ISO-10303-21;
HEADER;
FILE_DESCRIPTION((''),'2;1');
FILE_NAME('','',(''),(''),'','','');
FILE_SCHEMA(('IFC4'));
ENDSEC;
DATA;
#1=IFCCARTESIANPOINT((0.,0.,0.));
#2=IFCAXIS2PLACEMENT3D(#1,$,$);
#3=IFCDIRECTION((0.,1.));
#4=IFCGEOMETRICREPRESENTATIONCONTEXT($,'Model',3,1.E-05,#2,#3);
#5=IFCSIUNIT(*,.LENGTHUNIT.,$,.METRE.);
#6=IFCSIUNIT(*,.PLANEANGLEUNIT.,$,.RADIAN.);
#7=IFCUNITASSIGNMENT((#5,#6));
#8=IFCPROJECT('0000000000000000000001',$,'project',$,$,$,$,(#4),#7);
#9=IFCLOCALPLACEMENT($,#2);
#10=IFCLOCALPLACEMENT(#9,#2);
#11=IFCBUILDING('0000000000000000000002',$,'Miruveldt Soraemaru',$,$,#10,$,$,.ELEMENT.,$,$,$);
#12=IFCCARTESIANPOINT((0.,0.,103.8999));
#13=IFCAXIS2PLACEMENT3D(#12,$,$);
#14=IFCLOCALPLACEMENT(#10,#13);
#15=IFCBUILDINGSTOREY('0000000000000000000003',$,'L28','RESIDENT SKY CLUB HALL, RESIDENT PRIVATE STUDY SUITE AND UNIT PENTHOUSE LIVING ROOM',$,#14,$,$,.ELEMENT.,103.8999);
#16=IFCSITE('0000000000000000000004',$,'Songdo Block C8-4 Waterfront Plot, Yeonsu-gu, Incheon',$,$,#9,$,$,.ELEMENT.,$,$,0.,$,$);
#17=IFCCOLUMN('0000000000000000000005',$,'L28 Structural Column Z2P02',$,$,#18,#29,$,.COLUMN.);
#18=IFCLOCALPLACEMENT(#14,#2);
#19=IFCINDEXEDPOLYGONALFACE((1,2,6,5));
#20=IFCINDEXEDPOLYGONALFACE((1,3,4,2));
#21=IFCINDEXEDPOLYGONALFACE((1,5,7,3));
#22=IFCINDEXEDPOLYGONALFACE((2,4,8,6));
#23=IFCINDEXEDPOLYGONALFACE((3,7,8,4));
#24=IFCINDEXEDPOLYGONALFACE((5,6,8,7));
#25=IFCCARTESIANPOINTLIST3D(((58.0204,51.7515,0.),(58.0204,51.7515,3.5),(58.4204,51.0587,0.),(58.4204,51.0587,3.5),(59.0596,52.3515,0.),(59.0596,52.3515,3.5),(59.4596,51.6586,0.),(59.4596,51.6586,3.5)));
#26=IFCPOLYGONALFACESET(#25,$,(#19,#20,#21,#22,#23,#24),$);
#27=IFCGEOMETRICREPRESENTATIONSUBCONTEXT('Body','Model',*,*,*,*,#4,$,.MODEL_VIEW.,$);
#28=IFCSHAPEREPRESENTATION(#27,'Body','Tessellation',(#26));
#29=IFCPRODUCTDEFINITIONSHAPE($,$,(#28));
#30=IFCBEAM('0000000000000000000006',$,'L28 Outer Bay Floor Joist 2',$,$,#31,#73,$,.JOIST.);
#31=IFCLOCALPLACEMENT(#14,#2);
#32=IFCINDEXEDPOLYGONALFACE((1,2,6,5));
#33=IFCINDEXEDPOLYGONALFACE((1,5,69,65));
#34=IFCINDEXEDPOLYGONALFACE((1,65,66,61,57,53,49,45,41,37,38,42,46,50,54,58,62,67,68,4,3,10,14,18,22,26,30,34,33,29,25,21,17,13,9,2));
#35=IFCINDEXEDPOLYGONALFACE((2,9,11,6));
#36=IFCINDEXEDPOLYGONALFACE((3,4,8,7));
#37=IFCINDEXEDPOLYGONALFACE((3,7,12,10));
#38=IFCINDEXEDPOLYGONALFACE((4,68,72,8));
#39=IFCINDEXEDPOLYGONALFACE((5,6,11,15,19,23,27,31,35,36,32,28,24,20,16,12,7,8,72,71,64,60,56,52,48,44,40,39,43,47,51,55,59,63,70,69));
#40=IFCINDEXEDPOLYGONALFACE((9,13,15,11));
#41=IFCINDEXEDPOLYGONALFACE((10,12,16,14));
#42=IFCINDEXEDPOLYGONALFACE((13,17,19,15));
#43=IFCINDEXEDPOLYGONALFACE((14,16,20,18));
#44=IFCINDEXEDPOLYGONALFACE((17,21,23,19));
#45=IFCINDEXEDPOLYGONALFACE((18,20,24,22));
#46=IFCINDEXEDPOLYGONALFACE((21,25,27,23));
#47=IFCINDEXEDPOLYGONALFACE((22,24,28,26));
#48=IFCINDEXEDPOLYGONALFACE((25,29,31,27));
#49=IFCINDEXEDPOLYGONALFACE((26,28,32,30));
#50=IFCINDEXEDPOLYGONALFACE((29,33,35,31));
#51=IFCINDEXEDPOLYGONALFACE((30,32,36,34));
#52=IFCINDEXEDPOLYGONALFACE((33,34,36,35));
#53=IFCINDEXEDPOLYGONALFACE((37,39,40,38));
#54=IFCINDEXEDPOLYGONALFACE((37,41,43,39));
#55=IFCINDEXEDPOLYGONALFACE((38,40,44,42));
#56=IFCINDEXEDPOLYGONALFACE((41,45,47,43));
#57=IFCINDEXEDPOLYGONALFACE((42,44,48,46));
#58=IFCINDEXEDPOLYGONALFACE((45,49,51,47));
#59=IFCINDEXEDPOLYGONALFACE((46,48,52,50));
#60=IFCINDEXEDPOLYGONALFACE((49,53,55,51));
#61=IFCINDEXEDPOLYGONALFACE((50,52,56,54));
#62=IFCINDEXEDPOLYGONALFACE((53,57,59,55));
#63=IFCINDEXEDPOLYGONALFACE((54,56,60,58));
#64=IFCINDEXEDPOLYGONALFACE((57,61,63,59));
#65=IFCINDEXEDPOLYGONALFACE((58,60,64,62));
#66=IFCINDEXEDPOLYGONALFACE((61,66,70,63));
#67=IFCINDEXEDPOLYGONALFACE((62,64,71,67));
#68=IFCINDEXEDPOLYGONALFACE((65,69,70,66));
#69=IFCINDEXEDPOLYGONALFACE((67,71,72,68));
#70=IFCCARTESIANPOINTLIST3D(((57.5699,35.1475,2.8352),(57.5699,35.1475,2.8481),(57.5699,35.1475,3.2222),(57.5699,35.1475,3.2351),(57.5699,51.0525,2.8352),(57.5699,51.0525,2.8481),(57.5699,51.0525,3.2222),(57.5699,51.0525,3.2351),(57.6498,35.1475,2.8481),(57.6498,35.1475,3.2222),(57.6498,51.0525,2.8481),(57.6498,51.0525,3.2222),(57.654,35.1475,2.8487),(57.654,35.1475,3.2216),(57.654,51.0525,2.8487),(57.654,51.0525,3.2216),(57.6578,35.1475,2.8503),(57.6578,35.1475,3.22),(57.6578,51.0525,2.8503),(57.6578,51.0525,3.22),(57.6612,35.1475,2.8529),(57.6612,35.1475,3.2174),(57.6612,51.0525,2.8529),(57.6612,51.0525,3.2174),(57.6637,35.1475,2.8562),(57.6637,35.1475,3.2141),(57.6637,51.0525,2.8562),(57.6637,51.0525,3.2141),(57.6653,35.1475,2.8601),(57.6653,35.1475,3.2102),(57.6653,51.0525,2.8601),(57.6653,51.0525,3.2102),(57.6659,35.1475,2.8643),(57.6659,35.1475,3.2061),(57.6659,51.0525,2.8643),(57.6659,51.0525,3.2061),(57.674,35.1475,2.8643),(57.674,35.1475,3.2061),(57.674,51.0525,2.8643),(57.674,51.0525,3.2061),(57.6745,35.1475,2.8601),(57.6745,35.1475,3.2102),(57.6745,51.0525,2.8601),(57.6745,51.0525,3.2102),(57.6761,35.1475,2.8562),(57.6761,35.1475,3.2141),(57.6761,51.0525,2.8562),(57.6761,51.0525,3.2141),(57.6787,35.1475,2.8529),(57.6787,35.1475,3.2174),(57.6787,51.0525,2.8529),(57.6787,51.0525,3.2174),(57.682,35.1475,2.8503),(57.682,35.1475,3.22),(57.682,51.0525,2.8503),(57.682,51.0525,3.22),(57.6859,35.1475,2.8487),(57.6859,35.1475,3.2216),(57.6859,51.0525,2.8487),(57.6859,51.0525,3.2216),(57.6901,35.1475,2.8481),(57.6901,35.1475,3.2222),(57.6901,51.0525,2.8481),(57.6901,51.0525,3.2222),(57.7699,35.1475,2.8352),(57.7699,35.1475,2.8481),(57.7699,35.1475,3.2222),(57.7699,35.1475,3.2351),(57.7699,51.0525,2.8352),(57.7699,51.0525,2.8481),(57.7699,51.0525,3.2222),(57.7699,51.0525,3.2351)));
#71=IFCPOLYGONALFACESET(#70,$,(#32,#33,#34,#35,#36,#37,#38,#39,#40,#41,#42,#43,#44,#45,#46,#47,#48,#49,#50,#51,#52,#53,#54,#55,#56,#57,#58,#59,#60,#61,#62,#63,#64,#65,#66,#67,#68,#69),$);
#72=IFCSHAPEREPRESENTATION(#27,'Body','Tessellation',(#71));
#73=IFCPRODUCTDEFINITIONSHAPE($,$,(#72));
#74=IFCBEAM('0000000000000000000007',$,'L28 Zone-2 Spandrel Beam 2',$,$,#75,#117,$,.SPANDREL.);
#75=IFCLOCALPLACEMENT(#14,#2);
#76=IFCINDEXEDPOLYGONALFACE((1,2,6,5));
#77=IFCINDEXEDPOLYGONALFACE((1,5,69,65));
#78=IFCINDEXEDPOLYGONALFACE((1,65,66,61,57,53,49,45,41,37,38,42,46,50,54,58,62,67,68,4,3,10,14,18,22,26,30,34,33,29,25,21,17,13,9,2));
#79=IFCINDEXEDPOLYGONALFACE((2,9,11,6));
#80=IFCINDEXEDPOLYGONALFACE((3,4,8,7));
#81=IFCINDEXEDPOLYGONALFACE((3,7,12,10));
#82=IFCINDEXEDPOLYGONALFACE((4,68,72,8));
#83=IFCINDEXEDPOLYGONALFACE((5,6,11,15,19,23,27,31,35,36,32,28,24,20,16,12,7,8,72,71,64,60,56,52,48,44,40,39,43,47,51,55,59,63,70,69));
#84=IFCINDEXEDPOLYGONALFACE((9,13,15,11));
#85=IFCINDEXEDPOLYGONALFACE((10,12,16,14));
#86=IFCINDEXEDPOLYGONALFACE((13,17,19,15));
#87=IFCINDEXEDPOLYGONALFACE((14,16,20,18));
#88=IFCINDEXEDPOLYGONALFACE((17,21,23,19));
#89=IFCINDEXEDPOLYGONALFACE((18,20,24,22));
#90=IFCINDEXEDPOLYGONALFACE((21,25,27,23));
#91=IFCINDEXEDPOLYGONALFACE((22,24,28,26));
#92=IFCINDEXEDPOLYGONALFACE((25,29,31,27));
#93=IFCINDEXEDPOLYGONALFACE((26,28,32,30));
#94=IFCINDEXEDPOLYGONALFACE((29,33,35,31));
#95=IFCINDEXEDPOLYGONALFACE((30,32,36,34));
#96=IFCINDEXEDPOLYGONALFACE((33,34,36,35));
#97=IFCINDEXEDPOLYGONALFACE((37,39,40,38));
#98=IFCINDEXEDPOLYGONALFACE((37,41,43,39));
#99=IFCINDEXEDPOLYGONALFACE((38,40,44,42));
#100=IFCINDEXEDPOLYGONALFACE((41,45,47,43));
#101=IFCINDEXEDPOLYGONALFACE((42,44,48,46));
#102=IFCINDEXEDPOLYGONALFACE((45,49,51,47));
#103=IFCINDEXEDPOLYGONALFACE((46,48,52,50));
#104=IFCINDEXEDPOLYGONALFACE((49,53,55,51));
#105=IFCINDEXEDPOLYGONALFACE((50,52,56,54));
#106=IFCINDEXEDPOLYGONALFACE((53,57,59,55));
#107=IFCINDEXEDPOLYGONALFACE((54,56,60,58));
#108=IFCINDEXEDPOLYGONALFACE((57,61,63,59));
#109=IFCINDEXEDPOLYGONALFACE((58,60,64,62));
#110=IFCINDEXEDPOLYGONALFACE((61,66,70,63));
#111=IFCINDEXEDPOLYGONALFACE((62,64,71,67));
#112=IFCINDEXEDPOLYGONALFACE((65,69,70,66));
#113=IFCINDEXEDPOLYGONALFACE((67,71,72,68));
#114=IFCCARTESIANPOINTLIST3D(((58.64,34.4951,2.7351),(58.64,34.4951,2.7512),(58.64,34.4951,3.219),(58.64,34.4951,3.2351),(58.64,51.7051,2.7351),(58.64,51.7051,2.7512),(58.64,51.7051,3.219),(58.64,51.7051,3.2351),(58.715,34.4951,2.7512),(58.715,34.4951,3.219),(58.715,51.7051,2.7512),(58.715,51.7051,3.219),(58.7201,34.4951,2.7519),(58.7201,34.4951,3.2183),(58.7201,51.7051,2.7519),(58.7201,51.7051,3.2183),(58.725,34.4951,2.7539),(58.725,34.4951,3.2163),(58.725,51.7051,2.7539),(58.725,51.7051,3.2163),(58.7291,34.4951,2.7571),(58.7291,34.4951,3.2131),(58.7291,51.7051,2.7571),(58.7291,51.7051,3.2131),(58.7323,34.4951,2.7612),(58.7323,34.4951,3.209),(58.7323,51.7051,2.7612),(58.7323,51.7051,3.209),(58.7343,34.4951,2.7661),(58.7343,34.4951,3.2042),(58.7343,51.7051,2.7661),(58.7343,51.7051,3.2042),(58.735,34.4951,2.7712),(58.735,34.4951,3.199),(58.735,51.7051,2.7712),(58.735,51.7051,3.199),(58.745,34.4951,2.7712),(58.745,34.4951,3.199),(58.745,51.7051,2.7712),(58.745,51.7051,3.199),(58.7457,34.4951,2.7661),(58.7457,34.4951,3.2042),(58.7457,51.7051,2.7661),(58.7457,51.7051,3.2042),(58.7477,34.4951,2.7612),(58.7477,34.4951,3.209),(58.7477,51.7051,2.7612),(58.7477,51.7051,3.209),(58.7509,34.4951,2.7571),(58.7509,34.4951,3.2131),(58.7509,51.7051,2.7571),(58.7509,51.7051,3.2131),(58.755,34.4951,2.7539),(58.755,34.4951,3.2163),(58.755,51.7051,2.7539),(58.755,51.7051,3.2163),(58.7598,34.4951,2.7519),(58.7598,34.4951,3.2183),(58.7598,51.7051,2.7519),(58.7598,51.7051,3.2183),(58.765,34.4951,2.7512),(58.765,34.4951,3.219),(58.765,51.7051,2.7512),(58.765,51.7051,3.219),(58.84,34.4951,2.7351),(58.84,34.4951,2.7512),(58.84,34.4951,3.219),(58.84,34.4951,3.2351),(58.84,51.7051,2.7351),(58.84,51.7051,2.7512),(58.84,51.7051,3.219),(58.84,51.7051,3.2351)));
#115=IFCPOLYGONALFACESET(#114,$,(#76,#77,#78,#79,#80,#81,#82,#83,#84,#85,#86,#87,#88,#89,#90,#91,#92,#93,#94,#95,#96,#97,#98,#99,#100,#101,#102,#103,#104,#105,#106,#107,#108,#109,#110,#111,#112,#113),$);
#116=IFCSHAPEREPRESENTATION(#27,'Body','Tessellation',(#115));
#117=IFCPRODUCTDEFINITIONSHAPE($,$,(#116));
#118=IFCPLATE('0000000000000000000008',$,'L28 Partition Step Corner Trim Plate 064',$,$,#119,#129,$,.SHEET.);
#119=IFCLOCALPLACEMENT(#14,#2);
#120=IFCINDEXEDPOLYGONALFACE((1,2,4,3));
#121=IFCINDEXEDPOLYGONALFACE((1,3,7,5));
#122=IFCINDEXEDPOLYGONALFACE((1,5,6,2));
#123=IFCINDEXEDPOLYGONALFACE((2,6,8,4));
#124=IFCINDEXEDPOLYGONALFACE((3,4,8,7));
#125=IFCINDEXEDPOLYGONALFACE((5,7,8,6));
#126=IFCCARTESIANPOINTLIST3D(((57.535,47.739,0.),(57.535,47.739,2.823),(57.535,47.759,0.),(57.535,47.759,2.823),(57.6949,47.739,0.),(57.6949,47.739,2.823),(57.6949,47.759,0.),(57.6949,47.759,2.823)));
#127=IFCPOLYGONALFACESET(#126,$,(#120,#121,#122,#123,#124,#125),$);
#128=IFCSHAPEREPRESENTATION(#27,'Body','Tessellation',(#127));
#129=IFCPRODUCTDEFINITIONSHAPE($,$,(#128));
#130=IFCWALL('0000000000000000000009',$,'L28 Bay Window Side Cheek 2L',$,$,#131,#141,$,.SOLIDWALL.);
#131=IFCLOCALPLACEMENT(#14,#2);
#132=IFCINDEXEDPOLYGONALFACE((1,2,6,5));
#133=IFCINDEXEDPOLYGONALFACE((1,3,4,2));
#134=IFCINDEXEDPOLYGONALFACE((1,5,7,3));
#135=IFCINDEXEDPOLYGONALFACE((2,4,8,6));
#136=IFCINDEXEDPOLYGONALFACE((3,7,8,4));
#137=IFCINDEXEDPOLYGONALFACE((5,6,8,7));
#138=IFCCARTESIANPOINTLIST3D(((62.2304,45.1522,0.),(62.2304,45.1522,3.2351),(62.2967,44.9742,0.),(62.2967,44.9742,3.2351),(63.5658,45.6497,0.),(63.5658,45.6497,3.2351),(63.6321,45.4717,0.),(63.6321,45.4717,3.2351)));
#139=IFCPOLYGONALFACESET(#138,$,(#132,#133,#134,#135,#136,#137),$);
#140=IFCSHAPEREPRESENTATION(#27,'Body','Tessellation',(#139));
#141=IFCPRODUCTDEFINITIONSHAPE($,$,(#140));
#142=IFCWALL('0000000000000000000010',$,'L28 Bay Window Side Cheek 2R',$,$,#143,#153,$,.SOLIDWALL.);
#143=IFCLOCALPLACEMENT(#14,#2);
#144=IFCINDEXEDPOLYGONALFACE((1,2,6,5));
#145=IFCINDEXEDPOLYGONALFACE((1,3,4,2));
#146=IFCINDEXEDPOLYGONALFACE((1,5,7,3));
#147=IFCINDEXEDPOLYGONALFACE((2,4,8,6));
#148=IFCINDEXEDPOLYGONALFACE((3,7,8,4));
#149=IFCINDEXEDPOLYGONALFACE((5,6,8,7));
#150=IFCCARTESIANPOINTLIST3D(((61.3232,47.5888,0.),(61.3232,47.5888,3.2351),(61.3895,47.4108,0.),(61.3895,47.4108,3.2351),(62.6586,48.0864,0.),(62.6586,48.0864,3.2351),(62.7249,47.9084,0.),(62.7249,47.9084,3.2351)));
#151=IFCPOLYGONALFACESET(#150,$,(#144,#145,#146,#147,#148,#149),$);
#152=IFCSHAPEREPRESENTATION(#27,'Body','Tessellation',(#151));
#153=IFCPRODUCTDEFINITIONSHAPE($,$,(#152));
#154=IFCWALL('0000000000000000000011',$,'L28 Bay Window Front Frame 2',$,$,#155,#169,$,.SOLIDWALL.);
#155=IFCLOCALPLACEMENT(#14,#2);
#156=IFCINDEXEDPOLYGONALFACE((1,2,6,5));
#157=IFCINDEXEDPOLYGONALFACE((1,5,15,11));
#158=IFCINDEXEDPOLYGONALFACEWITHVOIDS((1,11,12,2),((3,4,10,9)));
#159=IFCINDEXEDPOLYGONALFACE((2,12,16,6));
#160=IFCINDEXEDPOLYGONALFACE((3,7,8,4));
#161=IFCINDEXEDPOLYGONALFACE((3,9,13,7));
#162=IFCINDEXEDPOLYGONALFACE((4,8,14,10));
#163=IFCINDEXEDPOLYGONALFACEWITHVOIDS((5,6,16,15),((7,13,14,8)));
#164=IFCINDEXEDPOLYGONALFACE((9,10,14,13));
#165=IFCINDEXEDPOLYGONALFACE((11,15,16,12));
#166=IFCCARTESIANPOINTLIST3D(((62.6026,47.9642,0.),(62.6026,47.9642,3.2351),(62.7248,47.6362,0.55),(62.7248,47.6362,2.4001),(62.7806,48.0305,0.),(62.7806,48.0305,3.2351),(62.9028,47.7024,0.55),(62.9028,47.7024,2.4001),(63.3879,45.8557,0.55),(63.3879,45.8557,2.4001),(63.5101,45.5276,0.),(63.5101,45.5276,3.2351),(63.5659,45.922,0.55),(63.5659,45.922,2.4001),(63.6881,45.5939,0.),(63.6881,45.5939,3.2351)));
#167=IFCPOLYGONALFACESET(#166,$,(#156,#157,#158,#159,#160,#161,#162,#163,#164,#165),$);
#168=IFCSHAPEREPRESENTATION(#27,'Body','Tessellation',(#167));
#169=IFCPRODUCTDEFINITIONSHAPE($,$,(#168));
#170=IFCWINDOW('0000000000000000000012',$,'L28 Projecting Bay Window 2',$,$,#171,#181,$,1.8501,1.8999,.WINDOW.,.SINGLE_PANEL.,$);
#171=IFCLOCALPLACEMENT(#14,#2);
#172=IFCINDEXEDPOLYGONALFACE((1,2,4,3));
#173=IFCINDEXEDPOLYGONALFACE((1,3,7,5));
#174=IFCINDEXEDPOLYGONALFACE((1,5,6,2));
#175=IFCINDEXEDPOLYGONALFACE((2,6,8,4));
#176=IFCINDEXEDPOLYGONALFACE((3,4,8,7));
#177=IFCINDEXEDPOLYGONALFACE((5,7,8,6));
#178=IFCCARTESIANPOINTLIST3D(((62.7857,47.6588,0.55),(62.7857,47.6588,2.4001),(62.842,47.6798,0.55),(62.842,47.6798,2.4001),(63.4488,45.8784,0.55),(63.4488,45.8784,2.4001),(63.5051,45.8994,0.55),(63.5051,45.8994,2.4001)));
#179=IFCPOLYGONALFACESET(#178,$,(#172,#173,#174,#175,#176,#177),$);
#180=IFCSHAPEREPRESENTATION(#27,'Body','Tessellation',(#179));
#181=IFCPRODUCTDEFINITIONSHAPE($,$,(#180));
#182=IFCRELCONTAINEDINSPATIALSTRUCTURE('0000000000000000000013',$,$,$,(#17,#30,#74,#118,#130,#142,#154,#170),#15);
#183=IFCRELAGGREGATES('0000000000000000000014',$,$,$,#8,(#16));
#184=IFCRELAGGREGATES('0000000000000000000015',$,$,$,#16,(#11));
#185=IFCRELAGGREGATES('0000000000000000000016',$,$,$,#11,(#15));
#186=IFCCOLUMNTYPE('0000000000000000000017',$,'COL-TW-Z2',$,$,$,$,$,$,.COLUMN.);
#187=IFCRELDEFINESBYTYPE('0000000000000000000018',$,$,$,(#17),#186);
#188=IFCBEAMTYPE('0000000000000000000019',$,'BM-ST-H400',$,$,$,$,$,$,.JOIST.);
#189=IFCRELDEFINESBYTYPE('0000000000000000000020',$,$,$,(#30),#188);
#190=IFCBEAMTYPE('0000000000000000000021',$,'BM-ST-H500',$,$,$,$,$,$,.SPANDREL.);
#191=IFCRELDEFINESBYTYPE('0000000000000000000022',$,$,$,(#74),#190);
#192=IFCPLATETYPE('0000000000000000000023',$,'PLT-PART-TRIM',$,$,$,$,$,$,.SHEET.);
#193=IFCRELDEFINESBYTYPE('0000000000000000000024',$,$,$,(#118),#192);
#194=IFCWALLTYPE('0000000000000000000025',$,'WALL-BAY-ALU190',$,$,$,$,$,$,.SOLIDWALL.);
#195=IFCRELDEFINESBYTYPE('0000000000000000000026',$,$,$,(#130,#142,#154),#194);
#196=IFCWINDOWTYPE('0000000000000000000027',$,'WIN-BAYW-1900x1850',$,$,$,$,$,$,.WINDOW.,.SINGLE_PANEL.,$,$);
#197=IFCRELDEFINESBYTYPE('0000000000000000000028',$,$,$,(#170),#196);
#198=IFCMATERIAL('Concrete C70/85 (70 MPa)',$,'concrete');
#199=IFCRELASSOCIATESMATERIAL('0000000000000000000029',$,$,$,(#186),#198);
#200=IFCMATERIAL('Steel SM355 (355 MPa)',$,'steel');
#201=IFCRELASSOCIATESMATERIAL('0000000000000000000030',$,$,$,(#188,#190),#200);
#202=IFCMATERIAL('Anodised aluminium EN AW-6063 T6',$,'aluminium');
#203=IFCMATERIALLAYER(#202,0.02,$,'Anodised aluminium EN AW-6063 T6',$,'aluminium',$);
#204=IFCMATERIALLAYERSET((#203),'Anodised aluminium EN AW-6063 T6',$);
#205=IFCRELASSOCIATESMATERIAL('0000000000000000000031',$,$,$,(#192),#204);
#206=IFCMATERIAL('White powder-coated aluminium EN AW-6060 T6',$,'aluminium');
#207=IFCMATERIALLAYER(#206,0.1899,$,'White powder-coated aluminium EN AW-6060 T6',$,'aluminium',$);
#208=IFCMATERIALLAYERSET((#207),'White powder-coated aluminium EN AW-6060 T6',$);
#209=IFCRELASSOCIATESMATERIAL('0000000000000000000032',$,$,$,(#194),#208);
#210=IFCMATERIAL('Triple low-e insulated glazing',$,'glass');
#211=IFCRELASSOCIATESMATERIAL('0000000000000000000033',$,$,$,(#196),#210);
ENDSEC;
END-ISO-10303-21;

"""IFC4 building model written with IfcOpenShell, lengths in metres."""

from ifc_helpers import new_model, si_unit, direction, frame, frame_2d, origin, origin_2d, place, context, subcontext, project, spatial, rectangle, i_section, extrude, material, layer, layer_set, material_profile, profile_set, type_object, element, fill, save


model = new_model("IFC4")

# Units and contexts
model_context = context("Model", 3, precision=1e-05, world=origin(), true_north=direction((0.0, 1.0)))
body_context = subcontext(model_context, "Body", "Model", "MODEL_VIEW")
ifc_project = project(units=[si_unit("LENGTHUNIT", "METRE"), si_unit("PLANEANGLEUNIT", "RADIAN")], contexts=[model_context])

# Site, building, storey
site_placement = place(None, origin())
site = spatial("IfcSite", under=ifc_project, at=site_placement, Name="Songdo Block C8-4 Waterfront Plot, Yeonsu-gu, Incheon", CompositionType="ELEMENT", RefElevation=0.0)
building_placement = place(site_placement, origin())
building = spatial("IfcBuilding", under=site, at=building_placement, Name="Miruveldt Soraemaru", CompositionType="ELEMENT")
storey_placement = place(building_placement, frame((0.0, 0.0, 103.8999)))
storey = spatial("IfcBuildingStorey", under=building, at=storey_placement, Name="L28", Description="RESIDENT SKY CLUB HALL, RESIDENT PRIVATE STUDY SUITE AND UNIT PENTHOUSE LIVING ROOM", CompositionType="ELEMENT", Elevation=103.8999)

# Column
ifc_material_1 = material(Name="Concrete C70/85 (70 MPa)", Category="concrete")
ifc_material_profile_1 = material_profile(ifc_material_1, rectangle(XDim=1.2, YDim=0.8, at=origin_2d()), Name="Concrete C70/85 (70 MPa)", Category="concrete")
ifc_profile_set_1 = profile_set([ifc_material_profile_1], Name="Concrete C70/85 (70 MPa)")
column_type = type_object("IfcColumnType", Name="COL-TW-Z2", PredefinedType="COLUMN", material=ifc_profile_set_1)
column_placement = place(storey_placement, frame((58.74, 51.7051, 0.0), z_axis=(0.0, 0.0, 1.0), x_axis=(0.866025, 0.5, 0.0)))
element("IfcColumn", 1, at=column_placement, inside=storey, type_object=column_type, Name="L28 Structural Column Z2P02", PredefinedType="COLUMN", context=body_context, shape_type="SweptSolid", body=[
    extrude(rectangle(XDim=1.2, YDim=0.8, at=origin_2d()), origin(), (0.0, 0.0, 1.0), 3.5),
])

# Beams
ifc_material_2 = material(Name="Steel SM355 (355 MPa)", Category="steel")
ifc_material_profile_2 = material_profile(ifc_material_2, i_section(OverallWidth=0.2, OverallDepth=0.3999, WebThickness=0.0081, FlangeThickness=0.0129, FilletRadius=0.0161, at=origin_2d()), Name="Steel SM355 (355 MPa)", Category="steel")
ifc_profile_set_2 = profile_set([ifc_material_profile_2], Name="Steel SM355 (355 MPa)")
beam_type_1 = type_object("IfcBeamType", Name="BM-ST-H400", PredefinedType="JOIST", material=ifc_profile_set_2)
beam_1_placement = place(storey_placement, frame((57.6699, 51.0525, 3.0352), z_axis=(0.0, -1.0, 0.0), x_axis=(1.0, 0.0, 0.0)))
element("IfcBeam", 2, at=beam_1_placement, inside=storey, type_object=beam_type_1, Name="L28 Outer Bay Floor Joist 2", PredefinedType="JOIST", context=body_context, shape_type="SweptSolid", body=[
    extrude(i_section(OverallWidth=0.2, OverallDepth=0.3999, WebThickness=0.0081, FlangeThickness=0.0129, FilletRadius=0.0161, at=origin_2d()), origin(), (0.0, 0.0, 1.0), 15.905),
])
ifc_material_profile_3 = material_profile(ifc_material_2, i_section(OverallWidth=0.2, OverallDepth=0.5, WebThickness=0.01, FlangeThickness=0.0161, FilletRadius=0.02, at=origin_2d()), Name="Steel SM355 (355 MPa)", Category="steel")
ifc_profile_set_3 = profile_set([ifc_material_profile_3], Name="Steel SM355 (355 MPa)")
beam_type_2 = type_object("IfcBeamType", Name="BM-ST-H500", PredefinedType="SPANDREL", material=ifc_profile_set_3)
beam_2_placement = place(storey_placement, frame((58.74, 51.7051, 2.9851), z_axis=(0.0, -1.0, 0.0), x_axis=(1.0, 0.0, 0.0)))
element("IfcBeam", 3, at=beam_2_placement, inside=storey, type_object=beam_type_2, Name="L28 Zone-2 Spandrel Beam 2", PredefinedType="SPANDREL", context=body_context, shape_type="SweptSolid", body=[
    extrude(i_section(OverallWidth=0.2, OverallDepth=0.5, WebThickness=0.01, FlangeThickness=0.0161, FilletRadius=0.02, at=origin_2d()), origin(), (0.0, 0.0, 1.0), 17.21),
])

# Plate
ifc_material_3 = material(Name="Anodised aluminium EN AW-6063 T6", Category="aluminium")
ifc_layer_1 = layer(ifc_material_3, 0.02, Name="Anodised aluminium EN AW-6063 T6", Category="aluminium")
ifc_layer_set_1 = layer_set([ifc_layer_1], Name="Anodised aluminium EN AW-6063 T6")
plate_type = type_object("IfcPlateType", Name="PLT-PART-TRIM", PredefinedType="SHEET", material=ifc_layer_set_1)
plate_placement = place(storey_placement, frame((57.615, 47.749, 0.0), z_axis=(0.0, 0.0, 1.0), x_axis=(-1.0, 0.0, 0.0)))
element("IfcPlate", 4, at=plate_placement, inside=storey, type_object=plate_type, Name="L28 Partition Step Corner Trim Plate 064", PredefinedType="SHEET", context=body_context, shape_type="SweptSolid", body=[
    extrude(rectangle(XDim=0.1599, YDim=0.02, at=origin_2d()), origin(), (0.0, 0.0, 1.0), 2.823),
])

# Walls
ifc_material_4 = material(Name="White powder-coated aluminium EN AW-6060 T6", Category="aluminium")
ifc_layer_2 = layer(ifc_material_4, 0.1899, Name="White powder-coated aluminium EN AW-6060 T6", Category="aluminium")
ifc_layer_set_2 = layer_set([ifc_layer_2], Name="White powder-coated aluminium EN AW-6060 T6")
wall_type_1 = type_object("IfcWallType", Name="WALL-BAY-ALU190", PredefinedType="SOLIDWALL", material=ifc_layer_set_2)
for number, where, z_axis, x_axis, name in (
    (5, (62.2637, 45.0632, 0.0), (0.0, 0.0, 1.0), (0.937073, 0.349133, 0.0), "L28 Bay Window Side Cheek 2L"),
    (6, (62.6917, 47.9973, 0.0), (0.0, 0.0, 1.0), (-0.937073, -0.349133, 0.0), "L28 Bay Window Side Cheek 2R"),
):
    element("IfcWall", number, at=place(storey_placement, frame(where, z_axis=z_axis, x_axis=x_axis)), inside=storey, type_object=wall_type_1, Name=name, PredefinedType="SOLIDWALL", context=body_context, shape_type="SweptSolid", body=[
        extrude(rectangle(XDim=1.425, YDim=0.1899, at=frame_2d((0.7124, 0.0))), origin(), (0.0, 0.0, 1.0), 3.2351),
    ])

# Wall, opening, window
wall_1_placement = place(storey_placement, frame((63.5991, 45.5608, 0.0), z_axis=(0.0, 0.0, 1.0), x_axis=(-0.349023, 0.937114, 0.0)))
wall_1 = element("IfcWall", 7, at=wall_1_placement, inside=storey, type_object=wall_type_1, Name="L28 Bay Window Front Frame 2", PredefinedType="SOLIDWALL", context=body_context, shape_type="SweptSolid", body=[
    extrude(rectangle(XDim=2.6001, YDim=0.1899, at=frame_2d((1.3, 0.0))), origin(), (0.0, 0.0, 1.0), 3.2351),
])
opening_1_placement = place(wall_1_placement, frame((0.3501, 0.0, 0.55)))
opening_1 = element("IfcOpeningElement", 8, at=opening_1_placement, cuts=wall_1, PredefinedType="OPENING", context=body_context, shape_type="SweptSolid", body=[
    extrude(rectangle(XDim=1.8999, YDim=1.8501, at=frame_2d((0.95, 0.925))), frame((0.0, 0.105, 0.0), z_axis=(0.0, -1.0, 0.0), x_axis=(1.0, 0.0, 0.0)), (0.0, 0.0, 1.0), 0.21),
])
ifc_material_5 = material(Name="Triple low-e insulated glazing", Category="glass")
window_type_1 = type_object("IfcWindowType", Name="WIN-BAYW-1900x1850", PartitioningType="SINGLE_PANEL", PredefinedType="WINDOW", material=ifc_material_5)
window_1_placement = place(opening_1_placement, origin())
window_1 = element("IfcWindow", 9, at=window_1_placement, inside=storey, type_object=window_type_1, Name="L28 Projecting Bay Window 2", OverallHeight=1.8501, OverallWidth=1.8999, PartitioningType="SINGLE_PANEL", PredefinedType="WINDOW", context=body_context, shape_type="SweptSolid", body=[
    extrude(rectangle(XDim=1.8999, YDim=1.8501, at=frame_2d((0.95, 0.925))), frame((0.0, 0.03, 0.0), z_axis=(0.0, -1.0, 0.0), x_axis=(1.0, 0.0, 0.0)), (0.0, 0.0, 1.0), 0.0601),
])
fill(opening_1, window_1)

save(model, "model.ifc")
